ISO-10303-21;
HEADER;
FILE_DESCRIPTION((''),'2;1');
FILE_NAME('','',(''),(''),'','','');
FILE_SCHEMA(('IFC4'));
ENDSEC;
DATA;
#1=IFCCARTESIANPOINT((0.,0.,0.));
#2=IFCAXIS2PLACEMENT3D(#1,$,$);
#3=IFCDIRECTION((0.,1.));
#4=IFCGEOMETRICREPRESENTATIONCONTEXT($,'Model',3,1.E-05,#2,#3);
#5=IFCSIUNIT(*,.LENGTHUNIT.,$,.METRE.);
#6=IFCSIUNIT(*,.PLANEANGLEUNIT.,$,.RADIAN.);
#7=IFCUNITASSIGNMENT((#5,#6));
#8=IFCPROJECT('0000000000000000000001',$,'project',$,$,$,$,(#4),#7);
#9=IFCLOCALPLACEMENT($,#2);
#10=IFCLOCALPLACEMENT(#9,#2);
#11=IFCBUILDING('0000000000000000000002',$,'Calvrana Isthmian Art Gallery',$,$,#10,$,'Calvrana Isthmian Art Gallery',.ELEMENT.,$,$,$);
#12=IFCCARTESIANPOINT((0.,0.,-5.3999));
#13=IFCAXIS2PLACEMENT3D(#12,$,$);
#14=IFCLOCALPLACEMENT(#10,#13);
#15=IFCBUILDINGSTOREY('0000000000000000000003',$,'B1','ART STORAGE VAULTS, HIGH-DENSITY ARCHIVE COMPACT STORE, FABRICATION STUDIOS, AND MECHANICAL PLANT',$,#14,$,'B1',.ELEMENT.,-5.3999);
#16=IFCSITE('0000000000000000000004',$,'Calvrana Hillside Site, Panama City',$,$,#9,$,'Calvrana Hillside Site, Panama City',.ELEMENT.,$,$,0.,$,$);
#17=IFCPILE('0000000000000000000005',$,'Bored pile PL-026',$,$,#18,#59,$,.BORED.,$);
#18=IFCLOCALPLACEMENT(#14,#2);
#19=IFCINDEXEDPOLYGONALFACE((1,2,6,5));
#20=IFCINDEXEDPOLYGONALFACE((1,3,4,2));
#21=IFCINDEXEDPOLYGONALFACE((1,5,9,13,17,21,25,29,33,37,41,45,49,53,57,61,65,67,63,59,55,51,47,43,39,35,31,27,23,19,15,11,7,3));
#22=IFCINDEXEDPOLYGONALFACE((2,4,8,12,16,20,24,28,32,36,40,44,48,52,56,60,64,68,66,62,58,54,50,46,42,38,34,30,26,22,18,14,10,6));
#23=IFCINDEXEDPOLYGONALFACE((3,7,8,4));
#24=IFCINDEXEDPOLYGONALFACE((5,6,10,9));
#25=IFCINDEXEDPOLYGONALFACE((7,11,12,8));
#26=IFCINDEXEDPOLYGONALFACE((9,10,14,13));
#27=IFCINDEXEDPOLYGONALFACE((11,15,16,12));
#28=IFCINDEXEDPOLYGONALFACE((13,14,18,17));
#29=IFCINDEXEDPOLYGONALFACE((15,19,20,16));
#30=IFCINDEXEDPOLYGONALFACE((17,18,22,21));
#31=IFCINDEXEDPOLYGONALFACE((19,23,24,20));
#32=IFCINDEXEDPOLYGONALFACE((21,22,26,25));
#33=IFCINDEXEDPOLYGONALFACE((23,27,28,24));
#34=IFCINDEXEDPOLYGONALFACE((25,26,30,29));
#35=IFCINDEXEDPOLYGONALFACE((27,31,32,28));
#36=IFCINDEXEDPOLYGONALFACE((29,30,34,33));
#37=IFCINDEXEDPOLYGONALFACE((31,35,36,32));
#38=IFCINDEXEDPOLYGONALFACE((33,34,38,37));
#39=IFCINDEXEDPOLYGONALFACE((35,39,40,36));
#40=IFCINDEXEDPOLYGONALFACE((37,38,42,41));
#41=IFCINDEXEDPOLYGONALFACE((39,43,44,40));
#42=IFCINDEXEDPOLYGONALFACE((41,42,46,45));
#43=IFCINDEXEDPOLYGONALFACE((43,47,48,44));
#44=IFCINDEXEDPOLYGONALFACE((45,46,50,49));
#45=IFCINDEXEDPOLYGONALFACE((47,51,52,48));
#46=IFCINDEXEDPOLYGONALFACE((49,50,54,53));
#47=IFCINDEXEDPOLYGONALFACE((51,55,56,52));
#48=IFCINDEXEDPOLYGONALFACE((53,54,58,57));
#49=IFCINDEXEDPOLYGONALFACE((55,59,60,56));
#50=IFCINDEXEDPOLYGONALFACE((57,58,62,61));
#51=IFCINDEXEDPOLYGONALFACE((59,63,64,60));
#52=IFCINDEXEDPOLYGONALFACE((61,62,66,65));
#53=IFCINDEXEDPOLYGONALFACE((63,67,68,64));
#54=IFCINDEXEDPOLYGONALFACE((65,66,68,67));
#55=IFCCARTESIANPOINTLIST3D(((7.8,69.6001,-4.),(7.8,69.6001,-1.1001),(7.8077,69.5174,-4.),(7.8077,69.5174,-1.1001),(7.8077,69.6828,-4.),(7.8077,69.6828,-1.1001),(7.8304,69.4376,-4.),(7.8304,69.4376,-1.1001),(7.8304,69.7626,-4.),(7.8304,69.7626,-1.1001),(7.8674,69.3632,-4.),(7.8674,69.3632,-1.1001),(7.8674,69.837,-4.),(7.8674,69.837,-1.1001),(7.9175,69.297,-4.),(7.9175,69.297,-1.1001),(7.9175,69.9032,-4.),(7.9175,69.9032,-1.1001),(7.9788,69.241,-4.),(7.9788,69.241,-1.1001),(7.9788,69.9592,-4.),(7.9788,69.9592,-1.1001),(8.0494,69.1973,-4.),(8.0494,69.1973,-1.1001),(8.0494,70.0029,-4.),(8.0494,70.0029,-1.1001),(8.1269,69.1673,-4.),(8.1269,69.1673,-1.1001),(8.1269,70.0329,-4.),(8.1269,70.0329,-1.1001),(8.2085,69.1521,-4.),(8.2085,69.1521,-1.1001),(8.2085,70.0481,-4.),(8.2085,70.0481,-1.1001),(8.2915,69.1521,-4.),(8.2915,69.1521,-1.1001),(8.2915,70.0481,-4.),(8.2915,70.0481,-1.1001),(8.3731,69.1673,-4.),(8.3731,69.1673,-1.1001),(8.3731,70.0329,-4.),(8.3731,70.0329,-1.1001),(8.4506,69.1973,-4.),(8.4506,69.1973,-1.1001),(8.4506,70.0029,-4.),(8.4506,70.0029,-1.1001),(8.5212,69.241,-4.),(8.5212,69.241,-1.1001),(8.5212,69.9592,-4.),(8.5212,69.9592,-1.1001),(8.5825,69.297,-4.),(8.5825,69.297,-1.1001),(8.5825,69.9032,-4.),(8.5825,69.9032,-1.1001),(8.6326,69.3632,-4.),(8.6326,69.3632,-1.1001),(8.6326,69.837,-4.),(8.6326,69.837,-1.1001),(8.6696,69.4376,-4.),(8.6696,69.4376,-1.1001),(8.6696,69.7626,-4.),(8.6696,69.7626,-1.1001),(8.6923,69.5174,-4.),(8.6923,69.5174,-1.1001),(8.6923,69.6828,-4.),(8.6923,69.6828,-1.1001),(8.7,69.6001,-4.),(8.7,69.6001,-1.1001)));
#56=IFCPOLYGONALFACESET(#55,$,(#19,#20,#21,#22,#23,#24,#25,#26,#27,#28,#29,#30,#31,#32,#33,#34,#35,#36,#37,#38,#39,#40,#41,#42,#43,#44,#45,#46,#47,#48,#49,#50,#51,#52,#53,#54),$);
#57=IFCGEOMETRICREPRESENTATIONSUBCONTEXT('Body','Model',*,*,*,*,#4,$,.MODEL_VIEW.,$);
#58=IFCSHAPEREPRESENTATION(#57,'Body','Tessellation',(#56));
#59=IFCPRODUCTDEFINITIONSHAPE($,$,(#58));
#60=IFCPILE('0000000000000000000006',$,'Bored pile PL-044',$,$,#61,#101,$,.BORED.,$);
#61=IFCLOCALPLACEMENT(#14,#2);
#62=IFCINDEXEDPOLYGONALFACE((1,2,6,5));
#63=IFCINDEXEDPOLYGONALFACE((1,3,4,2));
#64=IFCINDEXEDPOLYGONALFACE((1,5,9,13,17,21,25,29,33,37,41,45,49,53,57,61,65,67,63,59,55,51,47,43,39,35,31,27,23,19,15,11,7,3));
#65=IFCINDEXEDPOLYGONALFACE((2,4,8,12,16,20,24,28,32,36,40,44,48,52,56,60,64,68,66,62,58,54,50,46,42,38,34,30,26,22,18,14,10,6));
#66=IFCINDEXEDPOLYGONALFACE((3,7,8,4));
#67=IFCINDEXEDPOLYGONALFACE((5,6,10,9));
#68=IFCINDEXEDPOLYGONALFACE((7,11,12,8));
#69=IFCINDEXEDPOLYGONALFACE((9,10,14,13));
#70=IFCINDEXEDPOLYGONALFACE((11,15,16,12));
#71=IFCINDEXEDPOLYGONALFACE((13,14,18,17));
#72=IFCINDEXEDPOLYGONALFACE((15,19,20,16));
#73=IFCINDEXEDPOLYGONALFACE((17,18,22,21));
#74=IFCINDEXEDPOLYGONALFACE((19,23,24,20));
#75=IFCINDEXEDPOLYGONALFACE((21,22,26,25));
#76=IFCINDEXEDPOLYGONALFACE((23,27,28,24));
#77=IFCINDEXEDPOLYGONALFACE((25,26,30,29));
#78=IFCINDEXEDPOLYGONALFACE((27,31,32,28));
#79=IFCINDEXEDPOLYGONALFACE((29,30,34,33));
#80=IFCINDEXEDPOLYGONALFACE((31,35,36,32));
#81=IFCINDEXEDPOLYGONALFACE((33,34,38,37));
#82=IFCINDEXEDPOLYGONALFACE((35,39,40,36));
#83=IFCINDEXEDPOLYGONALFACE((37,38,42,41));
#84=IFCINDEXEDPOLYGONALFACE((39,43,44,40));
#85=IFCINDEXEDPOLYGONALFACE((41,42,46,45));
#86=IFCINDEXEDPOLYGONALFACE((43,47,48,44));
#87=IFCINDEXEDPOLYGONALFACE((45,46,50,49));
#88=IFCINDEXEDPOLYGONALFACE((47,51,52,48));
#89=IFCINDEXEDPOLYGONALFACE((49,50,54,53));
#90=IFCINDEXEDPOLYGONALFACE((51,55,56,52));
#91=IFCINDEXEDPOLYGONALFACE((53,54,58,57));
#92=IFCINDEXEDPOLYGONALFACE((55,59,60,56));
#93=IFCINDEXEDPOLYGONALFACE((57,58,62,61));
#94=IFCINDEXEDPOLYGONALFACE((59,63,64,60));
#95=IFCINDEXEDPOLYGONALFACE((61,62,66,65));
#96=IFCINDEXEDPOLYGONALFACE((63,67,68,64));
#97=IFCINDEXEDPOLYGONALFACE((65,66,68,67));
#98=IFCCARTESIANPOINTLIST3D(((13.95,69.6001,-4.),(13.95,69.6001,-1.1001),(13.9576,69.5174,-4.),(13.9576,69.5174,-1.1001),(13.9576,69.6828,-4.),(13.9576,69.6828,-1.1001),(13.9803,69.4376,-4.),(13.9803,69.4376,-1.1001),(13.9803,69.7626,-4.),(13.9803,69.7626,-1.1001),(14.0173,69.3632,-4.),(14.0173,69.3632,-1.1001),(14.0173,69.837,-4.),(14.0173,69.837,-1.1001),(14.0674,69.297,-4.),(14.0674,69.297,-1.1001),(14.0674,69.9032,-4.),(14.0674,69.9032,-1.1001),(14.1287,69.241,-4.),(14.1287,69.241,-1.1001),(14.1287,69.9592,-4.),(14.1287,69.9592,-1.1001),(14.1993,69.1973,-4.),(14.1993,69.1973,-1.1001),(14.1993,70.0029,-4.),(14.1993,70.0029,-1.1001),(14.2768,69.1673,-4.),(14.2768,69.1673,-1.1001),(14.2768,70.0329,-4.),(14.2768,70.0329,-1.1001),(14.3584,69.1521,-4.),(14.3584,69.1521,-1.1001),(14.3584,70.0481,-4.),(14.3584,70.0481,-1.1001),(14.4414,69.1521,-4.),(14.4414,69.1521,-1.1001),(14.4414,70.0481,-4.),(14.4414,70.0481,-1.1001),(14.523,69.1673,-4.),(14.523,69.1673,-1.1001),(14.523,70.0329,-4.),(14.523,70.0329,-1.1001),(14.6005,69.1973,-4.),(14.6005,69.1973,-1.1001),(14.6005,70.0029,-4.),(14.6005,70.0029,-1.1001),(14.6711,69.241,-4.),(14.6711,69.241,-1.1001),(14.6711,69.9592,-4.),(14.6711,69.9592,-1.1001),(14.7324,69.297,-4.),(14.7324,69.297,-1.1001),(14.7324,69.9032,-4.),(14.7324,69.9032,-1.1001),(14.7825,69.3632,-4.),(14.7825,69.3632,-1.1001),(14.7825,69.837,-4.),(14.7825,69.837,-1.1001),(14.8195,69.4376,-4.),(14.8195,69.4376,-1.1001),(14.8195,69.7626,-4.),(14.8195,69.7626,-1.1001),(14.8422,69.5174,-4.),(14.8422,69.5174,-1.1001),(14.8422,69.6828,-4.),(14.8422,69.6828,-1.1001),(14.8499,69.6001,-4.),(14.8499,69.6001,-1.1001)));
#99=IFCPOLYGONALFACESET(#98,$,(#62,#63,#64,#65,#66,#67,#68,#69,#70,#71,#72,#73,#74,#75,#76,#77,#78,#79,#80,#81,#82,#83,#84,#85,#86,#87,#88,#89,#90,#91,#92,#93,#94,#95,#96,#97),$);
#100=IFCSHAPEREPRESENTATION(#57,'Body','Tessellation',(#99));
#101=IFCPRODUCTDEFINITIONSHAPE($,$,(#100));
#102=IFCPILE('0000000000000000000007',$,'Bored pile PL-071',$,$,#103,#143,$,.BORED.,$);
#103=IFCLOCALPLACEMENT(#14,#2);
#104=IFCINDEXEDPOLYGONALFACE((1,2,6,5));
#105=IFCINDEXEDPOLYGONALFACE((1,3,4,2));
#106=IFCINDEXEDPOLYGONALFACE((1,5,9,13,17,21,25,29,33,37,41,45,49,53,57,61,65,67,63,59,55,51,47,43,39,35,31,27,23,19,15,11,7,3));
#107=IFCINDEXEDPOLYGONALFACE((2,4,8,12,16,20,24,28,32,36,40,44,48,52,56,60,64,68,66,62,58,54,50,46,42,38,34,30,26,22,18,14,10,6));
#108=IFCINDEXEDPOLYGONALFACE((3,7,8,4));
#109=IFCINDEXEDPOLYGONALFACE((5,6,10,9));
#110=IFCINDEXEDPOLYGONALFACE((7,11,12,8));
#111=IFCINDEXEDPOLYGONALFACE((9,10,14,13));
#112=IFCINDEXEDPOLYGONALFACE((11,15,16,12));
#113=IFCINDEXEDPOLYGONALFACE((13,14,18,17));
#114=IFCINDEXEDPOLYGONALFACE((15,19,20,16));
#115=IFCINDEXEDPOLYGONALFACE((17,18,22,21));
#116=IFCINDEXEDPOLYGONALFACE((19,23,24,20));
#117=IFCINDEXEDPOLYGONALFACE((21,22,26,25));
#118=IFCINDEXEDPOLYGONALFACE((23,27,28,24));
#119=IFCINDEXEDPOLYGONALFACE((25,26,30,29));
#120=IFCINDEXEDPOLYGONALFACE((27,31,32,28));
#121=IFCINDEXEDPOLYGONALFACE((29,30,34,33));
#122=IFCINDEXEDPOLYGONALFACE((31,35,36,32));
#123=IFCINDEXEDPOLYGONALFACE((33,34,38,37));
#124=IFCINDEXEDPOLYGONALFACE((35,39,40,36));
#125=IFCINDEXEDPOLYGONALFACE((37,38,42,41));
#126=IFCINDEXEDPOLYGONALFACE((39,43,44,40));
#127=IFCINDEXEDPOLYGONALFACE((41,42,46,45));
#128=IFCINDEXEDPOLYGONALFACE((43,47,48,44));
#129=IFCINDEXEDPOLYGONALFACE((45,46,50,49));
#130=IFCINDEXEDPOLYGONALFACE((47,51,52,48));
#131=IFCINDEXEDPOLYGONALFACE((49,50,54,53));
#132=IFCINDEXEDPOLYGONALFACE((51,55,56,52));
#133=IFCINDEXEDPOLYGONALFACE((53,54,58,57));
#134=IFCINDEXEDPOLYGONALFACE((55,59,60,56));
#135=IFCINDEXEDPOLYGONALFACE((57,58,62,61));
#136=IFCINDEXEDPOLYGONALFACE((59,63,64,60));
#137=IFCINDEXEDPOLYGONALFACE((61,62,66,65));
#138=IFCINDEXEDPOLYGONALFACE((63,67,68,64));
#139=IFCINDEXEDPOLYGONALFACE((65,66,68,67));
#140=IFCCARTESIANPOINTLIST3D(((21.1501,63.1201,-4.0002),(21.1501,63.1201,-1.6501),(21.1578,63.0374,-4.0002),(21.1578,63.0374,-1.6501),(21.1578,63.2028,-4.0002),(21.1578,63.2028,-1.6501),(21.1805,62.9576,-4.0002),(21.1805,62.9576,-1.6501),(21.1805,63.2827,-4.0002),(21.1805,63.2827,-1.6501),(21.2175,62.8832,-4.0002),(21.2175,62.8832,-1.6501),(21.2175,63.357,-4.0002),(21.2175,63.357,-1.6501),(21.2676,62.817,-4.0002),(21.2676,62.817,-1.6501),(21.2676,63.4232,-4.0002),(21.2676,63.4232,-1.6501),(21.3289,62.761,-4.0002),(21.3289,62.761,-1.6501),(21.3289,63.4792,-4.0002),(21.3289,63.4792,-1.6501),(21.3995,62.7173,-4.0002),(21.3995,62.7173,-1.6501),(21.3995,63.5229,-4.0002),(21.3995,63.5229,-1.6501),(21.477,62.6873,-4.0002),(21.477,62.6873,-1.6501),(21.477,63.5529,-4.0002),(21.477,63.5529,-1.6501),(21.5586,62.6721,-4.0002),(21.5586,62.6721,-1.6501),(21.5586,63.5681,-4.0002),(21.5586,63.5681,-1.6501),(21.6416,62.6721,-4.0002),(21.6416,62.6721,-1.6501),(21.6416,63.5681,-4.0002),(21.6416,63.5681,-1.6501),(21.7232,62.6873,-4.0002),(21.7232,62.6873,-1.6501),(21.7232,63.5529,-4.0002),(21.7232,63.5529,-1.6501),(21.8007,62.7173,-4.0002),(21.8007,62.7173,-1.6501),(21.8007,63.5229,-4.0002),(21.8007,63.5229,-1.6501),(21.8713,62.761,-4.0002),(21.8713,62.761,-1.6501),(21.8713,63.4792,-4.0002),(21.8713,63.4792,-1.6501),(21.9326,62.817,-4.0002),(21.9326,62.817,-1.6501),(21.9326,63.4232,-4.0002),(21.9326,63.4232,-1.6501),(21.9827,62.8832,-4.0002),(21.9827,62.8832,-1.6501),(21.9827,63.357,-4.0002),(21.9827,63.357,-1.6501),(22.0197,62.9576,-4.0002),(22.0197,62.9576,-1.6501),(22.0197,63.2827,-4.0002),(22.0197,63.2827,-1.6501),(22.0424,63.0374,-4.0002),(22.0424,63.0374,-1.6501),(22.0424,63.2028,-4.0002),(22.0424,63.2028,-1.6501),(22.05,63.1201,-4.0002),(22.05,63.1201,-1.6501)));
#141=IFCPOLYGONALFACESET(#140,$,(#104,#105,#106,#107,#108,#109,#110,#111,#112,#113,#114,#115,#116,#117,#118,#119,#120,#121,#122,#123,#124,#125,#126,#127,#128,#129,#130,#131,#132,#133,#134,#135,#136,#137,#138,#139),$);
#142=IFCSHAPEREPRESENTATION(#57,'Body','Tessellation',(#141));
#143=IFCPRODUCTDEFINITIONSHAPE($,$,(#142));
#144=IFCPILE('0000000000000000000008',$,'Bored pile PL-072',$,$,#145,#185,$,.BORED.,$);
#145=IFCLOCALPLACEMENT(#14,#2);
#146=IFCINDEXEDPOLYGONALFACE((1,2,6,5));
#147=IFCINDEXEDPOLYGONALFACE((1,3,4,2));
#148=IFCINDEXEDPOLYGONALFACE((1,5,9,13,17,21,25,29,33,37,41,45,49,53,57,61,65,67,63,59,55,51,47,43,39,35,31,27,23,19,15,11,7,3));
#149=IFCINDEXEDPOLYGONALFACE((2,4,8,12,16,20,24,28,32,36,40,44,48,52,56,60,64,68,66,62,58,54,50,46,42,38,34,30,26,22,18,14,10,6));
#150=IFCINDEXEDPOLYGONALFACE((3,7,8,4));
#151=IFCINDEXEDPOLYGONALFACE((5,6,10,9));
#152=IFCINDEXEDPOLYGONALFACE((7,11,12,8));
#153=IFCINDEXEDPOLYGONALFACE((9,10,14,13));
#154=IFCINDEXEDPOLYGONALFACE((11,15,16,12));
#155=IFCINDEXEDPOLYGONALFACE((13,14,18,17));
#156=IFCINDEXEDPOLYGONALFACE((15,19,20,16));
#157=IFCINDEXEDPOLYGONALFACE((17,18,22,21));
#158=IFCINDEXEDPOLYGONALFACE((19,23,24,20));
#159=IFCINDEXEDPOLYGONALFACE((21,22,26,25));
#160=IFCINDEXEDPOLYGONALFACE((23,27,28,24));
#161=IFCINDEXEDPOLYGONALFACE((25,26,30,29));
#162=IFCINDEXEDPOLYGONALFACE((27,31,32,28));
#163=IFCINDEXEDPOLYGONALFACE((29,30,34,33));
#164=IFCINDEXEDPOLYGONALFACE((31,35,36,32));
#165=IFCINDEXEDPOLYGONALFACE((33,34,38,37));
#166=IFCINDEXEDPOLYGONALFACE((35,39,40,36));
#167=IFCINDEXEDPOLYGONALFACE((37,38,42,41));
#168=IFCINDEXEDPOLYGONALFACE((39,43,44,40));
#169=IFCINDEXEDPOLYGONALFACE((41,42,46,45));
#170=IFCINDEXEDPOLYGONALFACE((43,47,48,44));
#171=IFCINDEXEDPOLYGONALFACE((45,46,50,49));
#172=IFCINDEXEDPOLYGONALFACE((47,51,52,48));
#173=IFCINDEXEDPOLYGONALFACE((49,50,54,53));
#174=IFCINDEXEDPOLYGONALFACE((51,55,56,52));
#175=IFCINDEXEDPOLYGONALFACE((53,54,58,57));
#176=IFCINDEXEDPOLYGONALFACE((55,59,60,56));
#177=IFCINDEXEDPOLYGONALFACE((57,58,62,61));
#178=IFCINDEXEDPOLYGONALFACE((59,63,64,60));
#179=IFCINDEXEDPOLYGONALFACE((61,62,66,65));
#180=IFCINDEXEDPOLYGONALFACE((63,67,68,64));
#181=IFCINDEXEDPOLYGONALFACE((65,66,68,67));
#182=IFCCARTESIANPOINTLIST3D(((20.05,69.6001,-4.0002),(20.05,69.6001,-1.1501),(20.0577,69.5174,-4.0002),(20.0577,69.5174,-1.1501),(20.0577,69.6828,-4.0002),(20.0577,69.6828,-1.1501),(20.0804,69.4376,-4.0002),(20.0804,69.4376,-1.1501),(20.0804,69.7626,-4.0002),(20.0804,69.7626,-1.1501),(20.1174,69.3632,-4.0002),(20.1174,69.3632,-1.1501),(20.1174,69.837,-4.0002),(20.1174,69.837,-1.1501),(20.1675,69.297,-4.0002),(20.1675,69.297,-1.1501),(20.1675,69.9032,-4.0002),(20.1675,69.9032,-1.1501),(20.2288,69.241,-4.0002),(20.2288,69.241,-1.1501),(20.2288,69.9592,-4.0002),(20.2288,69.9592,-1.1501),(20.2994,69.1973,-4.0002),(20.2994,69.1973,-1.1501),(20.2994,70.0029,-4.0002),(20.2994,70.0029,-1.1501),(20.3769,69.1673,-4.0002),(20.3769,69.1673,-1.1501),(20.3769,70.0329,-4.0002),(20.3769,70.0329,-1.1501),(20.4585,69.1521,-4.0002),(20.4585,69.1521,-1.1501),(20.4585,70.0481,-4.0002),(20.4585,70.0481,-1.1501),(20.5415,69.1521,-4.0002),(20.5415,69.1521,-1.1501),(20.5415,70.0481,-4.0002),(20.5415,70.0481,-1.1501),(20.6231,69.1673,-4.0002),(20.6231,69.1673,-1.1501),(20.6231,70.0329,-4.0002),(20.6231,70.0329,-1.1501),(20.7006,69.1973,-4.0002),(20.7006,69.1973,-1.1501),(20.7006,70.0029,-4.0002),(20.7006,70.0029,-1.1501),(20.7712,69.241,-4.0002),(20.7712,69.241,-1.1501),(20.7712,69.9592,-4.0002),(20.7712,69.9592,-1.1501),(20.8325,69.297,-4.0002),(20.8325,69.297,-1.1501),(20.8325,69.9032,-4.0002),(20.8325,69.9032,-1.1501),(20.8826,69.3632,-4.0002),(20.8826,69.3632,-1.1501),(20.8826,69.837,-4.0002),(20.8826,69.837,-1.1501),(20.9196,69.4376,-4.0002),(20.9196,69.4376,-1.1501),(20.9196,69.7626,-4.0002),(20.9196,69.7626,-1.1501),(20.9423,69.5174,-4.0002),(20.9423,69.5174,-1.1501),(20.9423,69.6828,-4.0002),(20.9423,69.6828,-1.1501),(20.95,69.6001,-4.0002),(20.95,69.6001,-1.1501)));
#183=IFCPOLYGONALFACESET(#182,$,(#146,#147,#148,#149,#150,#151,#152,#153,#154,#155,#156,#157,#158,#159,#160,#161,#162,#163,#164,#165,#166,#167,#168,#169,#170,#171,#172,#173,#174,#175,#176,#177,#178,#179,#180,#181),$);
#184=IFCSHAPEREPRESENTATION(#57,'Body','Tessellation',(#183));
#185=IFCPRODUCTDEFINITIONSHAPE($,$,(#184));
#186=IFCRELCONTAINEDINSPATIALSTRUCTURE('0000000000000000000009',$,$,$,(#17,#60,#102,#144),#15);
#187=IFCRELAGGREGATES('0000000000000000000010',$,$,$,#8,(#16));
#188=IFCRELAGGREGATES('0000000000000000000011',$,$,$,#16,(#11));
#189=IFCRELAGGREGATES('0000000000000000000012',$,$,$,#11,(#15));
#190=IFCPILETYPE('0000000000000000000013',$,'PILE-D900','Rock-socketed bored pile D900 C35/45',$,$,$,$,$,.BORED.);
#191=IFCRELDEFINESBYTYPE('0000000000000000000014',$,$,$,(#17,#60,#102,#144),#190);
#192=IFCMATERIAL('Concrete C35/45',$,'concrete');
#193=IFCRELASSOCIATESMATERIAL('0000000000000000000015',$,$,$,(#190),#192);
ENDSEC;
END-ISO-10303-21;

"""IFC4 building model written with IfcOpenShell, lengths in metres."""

from ifc_helpers import new_model, si_unit, direction, frame, origin, origin_2d, place, context, subcontext, project, spatial, circle, extrude, material, material_profile, profile_set, type_object, element, save


model = new_model("IFC4")

# Units and contexts
model_context = context("Model", 3, precision=1e-05, world=origin(), true_north=direction((0.0, 1.0)))
body_context = subcontext(model_context, "Body", "Model", "MODEL_VIEW")
ifc_project = project(units=[si_unit("LENGTHUNIT", "METRE"), si_unit("PLANEANGLEUNIT", "RADIAN")], contexts=[model_context])

# Site, building, storey
site_placement = place(None, origin())
site = spatial("IfcSite", under=ifc_project, at=site_placement, Name="Calvrana Hillside Site, Panama City", LongName="Calvrana Hillside Site, Panama City", CompositionType="ELEMENT", RefElevation=0.0)
building_placement = place(site_placement, origin())
building = spatial("IfcBuilding", under=site, at=building_placement, Name="Calvrana Isthmian Art Gallery", LongName="Calvrana Isthmian Art Gallery", CompositionType="ELEMENT")
storey_placement = place(building_placement, frame((0.0, 0.0, -5.3999)))
storey = spatial("IfcBuildingStorey", under=building, at=storey_placement, Name="B1", Description="ART STORAGE VAULTS, HIGH-DENSITY ARCHIVE COMPACT STORE, FABRICATION STUDIOS, AND MECHANICAL PLANT", LongName="B1", CompositionType="ELEMENT", Elevation=-5.3999)

# Shared definitions
ifc_material_1 = material(Name="Concrete C35/45", Category="concrete")

# Piles
ifc_material_profile_1 = material_profile(ifc_material_1, circle(Radius=0.45, at=origin_2d()), Name="PILE900D")
ifc_profile_set_1 = profile_set([ifc_material_profile_1], Name="Concrete C35/45")
pile_type = type_object("IfcPileType", Name="PILE-D900", Description="Rock-socketed bored pile D900 C35/45", PredefinedType="BORED", material=ifc_profile_set_1)
for number, where, z_axis, x_axis, name in (
    (1, (8.25, 69.6001, -1.1001), (0.0, 0.0, -1.0), (1.0, 0.0, 0.0), "Bored pile PL-026"),
    (2, (14.3999, 69.6001, -1.1001), (0.0, 0.0, -1.0), (1.0, 0.0, 0.0), "Bored pile PL-044"),
):
    element("IfcPile", number, at=place(storey_placement, frame(where, z_axis=z_axis, x_axis=x_axis)), inside=storey, type_object=pile_type, Name=name, PredefinedType="BORED", context=body_context, shape_type="SweptSolid", body=[
        extrude(circle(Radius=0.45, at=origin_2d()), origin(), (0.0, 0.0, 1.0), 2.8999),
    ])
pile_1_placement = place(storey_placement, frame((21.6001, 63.1201, -1.6501), z_axis=(0.0, 0.0, -1.0), x_axis=(1.0, 0.0, 0.0)))
element("IfcPile", 3, at=pile_1_placement, inside=storey, type_object=pile_type, Name="Bored pile PL-071", PredefinedType="BORED", context=body_context, shape_type="SweptSolid", body=[
    extrude(circle(Radius=0.45, at=origin_2d()), origin(), (0.0, 0.0, 1.0), 2.3501),
])
for number, where, z_axis, x_axis, name in (
    (4, (20.5, 69.6001, -1.1501), (0.0, 0.0, -1.0), (1.0, 0.0, 0.0), "Bored pile PL-072"),
):
    element("IfcPile", number, at=place(storey_placement, frame(where, z_axis=z_axis, x_axis=x_axis)), inside=storey, type_object=pile_type, Name=name, PredefinedType="BORED", context=body_context, shape_type="SweptSolid", body=[
        extrude(circle(Radius=0.45, at=origin_2d()), origin(), (0.0, 0.0, 1.0), 2.8501),
    ])

save(model, "model.ifc")
